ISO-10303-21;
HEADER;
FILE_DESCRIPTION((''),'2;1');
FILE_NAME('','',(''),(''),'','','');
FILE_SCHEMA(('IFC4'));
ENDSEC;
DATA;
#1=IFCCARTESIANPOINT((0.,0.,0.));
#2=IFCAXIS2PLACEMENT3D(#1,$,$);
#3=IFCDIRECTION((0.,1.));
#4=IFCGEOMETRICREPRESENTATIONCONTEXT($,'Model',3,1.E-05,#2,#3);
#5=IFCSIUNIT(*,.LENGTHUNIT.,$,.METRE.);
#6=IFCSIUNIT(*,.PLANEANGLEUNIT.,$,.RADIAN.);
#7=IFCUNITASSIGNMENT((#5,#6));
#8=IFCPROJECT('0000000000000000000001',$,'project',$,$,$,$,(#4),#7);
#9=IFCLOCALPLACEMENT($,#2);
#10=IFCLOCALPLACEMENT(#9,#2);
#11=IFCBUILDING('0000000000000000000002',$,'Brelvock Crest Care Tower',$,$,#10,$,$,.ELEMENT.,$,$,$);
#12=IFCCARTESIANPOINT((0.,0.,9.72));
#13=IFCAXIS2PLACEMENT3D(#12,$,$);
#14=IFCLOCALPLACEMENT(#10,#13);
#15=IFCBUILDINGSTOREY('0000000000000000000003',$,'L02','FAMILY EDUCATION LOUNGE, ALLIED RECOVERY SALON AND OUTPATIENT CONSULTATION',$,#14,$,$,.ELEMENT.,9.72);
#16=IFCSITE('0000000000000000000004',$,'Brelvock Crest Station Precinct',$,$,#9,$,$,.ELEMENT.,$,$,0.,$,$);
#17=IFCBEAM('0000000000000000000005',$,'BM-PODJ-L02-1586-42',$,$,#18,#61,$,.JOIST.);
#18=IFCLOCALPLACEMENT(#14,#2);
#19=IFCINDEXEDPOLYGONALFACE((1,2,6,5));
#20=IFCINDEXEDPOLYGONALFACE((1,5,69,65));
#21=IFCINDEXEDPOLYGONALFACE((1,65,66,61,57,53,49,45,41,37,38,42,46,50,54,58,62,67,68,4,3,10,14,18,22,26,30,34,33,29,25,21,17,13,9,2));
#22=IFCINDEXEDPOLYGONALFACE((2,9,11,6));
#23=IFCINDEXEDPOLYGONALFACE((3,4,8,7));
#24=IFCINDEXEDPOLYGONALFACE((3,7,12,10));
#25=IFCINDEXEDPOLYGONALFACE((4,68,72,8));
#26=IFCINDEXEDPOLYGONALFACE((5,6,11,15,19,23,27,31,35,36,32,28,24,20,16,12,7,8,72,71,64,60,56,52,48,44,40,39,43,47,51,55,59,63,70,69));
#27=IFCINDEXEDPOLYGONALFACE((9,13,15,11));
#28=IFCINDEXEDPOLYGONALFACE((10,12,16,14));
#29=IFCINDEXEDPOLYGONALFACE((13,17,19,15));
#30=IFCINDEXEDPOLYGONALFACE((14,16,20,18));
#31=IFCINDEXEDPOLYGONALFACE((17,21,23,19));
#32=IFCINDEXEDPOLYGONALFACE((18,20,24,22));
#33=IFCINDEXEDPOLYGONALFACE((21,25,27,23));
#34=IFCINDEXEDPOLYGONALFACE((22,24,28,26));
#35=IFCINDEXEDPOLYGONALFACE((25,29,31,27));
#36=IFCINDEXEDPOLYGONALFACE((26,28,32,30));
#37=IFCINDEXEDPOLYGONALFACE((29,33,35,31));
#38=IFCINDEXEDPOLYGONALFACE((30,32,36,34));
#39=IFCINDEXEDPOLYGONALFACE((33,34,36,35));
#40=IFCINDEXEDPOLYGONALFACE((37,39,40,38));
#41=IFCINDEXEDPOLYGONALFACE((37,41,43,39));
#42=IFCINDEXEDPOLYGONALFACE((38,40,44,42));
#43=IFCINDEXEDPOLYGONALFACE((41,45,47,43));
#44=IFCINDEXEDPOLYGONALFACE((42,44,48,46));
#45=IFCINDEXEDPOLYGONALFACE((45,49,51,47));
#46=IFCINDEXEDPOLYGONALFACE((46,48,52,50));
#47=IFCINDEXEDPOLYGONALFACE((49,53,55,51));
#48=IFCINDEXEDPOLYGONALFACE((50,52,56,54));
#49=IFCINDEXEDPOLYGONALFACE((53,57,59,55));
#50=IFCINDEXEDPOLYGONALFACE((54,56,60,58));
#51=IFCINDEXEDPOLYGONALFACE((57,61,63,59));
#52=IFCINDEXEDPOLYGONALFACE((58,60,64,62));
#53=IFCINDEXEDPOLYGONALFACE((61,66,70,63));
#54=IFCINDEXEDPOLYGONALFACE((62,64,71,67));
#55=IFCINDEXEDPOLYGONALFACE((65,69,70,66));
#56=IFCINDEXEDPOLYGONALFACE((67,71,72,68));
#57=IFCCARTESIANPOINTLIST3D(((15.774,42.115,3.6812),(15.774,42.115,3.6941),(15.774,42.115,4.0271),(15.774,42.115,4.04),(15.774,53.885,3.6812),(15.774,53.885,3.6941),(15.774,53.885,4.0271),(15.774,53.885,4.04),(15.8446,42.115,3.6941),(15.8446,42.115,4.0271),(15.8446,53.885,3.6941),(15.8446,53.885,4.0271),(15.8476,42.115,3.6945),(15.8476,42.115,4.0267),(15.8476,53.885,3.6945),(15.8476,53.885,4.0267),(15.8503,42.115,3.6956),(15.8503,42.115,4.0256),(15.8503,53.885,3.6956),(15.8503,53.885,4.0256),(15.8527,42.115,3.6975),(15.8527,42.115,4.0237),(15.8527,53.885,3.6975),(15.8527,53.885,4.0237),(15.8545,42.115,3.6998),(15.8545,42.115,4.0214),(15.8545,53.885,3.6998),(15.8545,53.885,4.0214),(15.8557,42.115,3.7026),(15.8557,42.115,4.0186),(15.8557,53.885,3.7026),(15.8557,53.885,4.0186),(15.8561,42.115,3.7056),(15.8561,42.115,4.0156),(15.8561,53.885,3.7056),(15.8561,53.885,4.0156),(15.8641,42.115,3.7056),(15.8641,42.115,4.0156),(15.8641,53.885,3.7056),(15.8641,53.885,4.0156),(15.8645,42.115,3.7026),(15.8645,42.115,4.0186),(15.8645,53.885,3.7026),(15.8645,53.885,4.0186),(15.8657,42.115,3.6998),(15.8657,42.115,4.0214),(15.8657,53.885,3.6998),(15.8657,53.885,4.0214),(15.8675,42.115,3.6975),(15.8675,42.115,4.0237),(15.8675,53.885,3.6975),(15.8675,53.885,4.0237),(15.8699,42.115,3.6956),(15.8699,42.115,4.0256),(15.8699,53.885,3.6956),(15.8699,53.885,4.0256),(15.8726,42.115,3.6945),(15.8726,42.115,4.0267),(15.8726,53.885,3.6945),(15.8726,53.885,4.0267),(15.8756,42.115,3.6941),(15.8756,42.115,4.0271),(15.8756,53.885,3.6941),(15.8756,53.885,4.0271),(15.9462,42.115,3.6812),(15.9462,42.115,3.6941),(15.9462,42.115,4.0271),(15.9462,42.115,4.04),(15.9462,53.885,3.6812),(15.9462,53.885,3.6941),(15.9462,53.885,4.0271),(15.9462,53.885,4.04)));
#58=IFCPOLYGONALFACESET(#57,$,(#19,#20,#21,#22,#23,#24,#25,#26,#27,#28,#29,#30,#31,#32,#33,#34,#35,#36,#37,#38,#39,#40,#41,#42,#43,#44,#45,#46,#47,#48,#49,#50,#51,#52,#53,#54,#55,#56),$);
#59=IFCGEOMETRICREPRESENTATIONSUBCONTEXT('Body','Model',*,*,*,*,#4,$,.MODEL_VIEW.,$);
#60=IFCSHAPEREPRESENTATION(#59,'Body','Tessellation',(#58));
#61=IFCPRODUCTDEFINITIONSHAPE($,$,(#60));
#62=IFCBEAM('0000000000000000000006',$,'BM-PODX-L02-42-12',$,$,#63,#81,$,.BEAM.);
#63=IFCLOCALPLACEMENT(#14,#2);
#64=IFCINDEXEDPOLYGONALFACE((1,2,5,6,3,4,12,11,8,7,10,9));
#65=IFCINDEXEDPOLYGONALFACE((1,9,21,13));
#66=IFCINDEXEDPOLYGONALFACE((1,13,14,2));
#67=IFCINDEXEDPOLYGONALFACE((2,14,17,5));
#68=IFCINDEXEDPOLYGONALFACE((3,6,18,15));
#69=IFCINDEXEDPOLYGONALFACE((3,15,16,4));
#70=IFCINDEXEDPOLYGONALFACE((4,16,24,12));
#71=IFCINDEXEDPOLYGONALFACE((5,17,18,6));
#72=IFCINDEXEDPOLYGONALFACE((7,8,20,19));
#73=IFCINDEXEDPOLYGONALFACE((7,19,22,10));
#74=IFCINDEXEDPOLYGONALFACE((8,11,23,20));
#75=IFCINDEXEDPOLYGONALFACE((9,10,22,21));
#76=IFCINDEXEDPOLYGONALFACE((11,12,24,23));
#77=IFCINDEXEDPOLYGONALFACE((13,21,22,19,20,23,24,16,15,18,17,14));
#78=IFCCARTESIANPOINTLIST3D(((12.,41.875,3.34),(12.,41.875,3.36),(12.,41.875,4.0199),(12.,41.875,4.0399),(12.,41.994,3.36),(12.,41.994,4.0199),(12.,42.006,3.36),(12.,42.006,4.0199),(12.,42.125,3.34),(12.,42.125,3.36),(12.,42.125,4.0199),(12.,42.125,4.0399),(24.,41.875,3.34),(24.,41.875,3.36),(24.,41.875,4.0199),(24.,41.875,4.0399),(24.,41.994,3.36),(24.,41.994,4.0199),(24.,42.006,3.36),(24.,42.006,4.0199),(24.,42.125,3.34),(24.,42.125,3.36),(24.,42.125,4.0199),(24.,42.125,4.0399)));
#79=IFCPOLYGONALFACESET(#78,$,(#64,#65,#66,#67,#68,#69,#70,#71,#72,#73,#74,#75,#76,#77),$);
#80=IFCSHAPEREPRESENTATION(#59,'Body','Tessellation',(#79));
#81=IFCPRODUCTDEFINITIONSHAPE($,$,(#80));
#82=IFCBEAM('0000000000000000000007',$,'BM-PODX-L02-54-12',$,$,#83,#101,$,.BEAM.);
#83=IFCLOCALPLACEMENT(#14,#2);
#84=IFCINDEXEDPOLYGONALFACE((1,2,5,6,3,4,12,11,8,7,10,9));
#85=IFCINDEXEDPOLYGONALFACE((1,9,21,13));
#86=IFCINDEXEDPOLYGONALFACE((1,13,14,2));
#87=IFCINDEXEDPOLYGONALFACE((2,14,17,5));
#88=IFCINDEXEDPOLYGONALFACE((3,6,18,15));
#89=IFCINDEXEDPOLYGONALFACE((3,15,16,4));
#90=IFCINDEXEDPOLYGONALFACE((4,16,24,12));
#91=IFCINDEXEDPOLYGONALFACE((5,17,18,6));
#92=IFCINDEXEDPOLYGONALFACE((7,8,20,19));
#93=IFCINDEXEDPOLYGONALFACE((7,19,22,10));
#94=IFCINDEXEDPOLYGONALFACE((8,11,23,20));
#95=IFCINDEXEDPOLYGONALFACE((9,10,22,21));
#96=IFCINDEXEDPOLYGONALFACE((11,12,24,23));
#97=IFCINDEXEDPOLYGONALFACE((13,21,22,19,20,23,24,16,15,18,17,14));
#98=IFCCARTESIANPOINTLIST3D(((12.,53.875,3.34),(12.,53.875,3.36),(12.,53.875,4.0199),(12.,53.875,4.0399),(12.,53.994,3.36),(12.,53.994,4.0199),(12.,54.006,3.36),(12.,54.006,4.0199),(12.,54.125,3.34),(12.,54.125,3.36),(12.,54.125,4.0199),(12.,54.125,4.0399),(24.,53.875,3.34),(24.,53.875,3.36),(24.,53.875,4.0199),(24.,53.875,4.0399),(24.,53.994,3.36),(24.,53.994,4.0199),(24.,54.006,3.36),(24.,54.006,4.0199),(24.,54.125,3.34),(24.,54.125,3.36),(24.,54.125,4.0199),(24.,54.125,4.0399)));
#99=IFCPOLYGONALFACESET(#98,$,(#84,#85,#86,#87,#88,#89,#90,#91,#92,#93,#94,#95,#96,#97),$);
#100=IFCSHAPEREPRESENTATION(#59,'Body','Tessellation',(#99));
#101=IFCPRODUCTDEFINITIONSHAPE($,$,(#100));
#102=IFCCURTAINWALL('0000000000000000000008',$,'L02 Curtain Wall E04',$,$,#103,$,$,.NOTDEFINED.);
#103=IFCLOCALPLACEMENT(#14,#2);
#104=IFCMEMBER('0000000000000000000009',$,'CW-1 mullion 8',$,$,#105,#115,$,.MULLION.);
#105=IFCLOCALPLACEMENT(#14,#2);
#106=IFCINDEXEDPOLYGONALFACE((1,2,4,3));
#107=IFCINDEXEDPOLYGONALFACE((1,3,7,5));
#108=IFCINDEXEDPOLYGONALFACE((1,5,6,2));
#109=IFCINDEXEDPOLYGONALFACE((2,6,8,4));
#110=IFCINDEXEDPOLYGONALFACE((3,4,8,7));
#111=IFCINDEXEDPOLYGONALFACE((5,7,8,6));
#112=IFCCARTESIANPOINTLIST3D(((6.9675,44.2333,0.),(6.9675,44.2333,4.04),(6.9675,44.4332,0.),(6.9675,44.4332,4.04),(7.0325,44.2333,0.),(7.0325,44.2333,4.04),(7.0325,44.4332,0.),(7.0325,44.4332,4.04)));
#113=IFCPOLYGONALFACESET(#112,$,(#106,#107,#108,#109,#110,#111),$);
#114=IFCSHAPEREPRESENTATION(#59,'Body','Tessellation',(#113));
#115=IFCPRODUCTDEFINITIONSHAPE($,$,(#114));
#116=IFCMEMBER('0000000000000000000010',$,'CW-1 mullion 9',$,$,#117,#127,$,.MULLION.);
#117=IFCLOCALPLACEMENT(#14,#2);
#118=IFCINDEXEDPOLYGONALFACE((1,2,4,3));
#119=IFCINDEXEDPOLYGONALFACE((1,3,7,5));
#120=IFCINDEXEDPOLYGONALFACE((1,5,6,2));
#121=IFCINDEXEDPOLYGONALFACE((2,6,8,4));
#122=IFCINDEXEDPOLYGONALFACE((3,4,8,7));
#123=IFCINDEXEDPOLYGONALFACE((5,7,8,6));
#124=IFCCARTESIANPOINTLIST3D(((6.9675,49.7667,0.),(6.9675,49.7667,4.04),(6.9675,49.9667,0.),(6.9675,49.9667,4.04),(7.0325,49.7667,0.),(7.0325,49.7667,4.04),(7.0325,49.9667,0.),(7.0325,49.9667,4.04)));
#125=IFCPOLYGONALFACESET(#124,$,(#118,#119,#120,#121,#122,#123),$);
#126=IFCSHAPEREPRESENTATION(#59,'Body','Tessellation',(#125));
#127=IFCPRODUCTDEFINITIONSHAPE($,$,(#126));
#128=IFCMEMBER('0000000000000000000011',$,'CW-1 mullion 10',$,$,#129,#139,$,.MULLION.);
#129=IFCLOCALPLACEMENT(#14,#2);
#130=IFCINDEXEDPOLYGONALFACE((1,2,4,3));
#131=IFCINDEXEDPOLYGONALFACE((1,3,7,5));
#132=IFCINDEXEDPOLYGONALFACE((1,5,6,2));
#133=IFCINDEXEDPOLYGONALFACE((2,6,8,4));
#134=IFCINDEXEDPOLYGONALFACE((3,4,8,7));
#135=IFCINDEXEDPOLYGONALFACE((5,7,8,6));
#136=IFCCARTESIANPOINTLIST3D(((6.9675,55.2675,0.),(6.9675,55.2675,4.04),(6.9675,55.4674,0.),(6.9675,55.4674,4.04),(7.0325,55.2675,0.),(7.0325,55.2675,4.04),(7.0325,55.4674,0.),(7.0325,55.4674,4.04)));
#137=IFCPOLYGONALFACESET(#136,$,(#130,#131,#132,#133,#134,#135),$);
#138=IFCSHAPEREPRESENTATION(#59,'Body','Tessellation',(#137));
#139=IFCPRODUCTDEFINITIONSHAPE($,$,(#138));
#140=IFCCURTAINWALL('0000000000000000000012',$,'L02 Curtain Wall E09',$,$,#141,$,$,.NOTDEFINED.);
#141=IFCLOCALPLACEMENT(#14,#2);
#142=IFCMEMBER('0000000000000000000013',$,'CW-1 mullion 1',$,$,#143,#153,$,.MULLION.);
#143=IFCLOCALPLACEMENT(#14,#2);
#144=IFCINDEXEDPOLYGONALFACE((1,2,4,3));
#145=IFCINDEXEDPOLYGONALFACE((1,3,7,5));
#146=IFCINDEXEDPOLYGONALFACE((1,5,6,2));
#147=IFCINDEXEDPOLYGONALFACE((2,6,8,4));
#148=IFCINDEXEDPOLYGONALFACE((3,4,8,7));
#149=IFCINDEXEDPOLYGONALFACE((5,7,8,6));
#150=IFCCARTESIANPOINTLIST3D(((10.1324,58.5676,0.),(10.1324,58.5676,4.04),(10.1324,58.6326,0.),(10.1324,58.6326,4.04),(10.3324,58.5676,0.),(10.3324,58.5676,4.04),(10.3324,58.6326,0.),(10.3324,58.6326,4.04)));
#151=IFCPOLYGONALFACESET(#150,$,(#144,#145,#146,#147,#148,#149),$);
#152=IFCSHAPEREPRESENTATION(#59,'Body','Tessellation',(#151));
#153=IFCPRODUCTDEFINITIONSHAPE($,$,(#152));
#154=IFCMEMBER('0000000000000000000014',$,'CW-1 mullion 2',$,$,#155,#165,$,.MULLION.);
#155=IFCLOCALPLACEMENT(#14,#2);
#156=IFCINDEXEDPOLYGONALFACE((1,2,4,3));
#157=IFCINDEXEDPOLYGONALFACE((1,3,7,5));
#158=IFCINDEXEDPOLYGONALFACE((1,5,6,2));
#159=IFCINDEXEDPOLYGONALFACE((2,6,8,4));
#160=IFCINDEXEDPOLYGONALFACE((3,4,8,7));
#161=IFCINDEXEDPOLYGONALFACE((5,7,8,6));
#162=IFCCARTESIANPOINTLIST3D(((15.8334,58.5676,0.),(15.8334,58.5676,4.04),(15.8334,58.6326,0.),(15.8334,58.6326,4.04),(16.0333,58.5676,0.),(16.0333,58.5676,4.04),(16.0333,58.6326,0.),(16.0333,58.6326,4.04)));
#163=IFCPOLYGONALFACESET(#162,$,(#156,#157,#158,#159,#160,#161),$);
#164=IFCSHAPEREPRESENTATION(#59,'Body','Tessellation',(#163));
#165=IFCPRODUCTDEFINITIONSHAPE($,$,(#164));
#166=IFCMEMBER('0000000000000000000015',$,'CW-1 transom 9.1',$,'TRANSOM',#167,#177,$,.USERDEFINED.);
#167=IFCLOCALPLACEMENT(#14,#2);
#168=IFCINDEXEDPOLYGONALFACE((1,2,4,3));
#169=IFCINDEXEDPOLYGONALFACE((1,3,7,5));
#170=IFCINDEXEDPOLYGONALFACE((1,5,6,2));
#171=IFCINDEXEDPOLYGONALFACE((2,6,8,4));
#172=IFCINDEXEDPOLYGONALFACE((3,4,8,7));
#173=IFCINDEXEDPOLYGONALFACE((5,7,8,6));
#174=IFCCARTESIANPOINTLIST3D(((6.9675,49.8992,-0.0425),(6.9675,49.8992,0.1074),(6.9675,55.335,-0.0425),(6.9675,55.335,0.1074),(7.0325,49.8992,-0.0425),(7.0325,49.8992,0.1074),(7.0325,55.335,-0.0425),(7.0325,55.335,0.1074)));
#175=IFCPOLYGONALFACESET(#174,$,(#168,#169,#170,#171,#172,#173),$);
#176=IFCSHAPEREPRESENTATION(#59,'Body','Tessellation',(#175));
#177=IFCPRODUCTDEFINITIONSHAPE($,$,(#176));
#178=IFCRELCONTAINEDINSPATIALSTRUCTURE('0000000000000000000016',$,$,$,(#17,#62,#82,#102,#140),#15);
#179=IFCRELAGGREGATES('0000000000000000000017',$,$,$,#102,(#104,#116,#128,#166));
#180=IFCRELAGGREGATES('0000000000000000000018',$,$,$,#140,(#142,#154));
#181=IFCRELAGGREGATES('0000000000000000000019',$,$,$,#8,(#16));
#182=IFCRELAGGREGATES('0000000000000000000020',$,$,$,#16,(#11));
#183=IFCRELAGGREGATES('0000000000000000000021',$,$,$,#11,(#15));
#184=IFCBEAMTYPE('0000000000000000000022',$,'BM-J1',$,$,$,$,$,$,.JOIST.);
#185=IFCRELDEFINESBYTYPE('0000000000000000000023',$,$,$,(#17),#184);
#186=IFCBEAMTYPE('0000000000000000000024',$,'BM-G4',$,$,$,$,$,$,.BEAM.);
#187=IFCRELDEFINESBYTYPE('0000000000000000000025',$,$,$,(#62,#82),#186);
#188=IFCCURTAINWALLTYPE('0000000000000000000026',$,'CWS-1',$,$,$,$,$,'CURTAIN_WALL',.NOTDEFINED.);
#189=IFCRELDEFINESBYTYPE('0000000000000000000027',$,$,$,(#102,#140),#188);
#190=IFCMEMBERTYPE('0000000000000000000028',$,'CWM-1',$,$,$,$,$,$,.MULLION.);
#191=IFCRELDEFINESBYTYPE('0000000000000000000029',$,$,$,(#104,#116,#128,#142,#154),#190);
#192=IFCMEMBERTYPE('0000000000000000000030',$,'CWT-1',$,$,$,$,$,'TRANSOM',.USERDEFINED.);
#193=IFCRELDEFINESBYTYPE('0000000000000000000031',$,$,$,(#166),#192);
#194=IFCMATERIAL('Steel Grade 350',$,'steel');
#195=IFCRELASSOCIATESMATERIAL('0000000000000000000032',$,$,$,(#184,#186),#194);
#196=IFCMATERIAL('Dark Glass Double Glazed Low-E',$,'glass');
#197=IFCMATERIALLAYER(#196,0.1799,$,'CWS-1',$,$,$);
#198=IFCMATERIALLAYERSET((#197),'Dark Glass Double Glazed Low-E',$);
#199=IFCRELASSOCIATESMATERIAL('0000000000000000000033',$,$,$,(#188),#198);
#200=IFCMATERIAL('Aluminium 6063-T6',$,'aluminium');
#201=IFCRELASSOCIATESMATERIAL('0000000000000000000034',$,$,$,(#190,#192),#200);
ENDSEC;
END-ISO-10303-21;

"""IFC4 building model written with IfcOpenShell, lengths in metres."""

from ifc_helpers import new_model, si_unit, direction, frame, origin, origin_2d, place, context, subcontext, project, spatial, rectangle, i_section, extrude, source, transform, mapped, material, layer, layer_set, material_profile, profile_set, type_object, element, aggregate, save


model = new_model("IFC4")

# Units and contexts
model_context = context("Model", 3, precision=1e-05, world=origin(), true_north=direction((0.0, 1.0)))
body_context = subcontext(model_context, "Body", "Model", "MODEL_VIEW")
ifc_project = project(units=[si_unit("LENGTHUNIT", "METRE"), si_unit("PLANEANGLEUNIT", "RADIAN")], contexts=[model_context])

# Site, building, storey
site_placement = place(None, origin())
site = spatial("IfcSite", under=ifc_project, at=site_placement, Name="Brelvock Crest Station Precinct", CompositionType="ELEMENT", RefElevation=0.0)
building_placement = place(site_placement, origin())
building = spatial("IfcBuilding", under=site, at=building_placement, Name="Brelvock Crest Care Tower", CompositionType="ELEMENT")
storey_placement = place(building_placement, frame((0.0, 0.0, 9.72)))
storey = spatial("IfcBuildingStorey", under=building, at=storey_placement, Name="L02", Description="FAMILY EDUCATION LOUNGE, ALLIED RECOVERY SALON AND OUTPATIENT CONSULTATION", CompositionType="ELEMENT", Elevation=9.72)

# Shared definitions
ifc_material_1 = material(Name="Steel Grade 350", Category="steel")

# Beams
ifc_material_profile_1 = material_profile(ifc_material_1, i_section(OverallWidth=0.1721, OverallDepth=0.3589, WebThickness=0.0081, FlangeThickness=0.0129, FilletRadius=0.0115, at=origin_2d()), Name="360UB56.7")
ifc_profile_set_1 = profile_set([ifc_material_profile_1], Name="Steel Grade 350")
beam_type_1 = type_object("IfcBeamType", Name="BM-J1", PredefinedType="JOIST", material=ifc_profile_set_1)
shared_shape_1 = source(origin(), body_context, "Body", "SweptSolid", [
    extrude(i_section(OverallWidth=0.1721, OverallDepth=0.3589, WebThickness=0.0081, FlangeThickness=0.0129, FilletRadius=0.0115, at=origin_2d()), origin(), (0.0, 0.0, 1.0), 11.77),
])
for number, where, z_axis, x_axis, name in (
    (1, (15.8601, 42.115, 3.8606), (0.0, 1.0, 0.0), (-1.0, 0.0, 0.0), "BM-PODJ-L02-1586-42"),
):
    element("IfcBeam", number, at=place(storey_placement, frame(where, z_axis=z_axis, x_axis=x_axis)), inside=storey, type_object=beam_type_1, Name=name, PredefinedType="JOIST", context=body_context, shape_type="MappedRepresentation", body=[
        mapped(shared_shape_1, transform((0.0, 0.0, 0.0), x_axis=(1.0, 0.0, 0.0), y_axis=(0.0, 1.0, 0.0), z_axis=(0.0, 0.0, 1.0), scale=1.0)),
    ])
ifc_material_profile_2 = material_profile(ifc_material_1, i_section(OverallWidth=0.25, OverallDepth=0.7, WebThickness=0.012, FlangeThickness=0.02, at=origin_2d()), Name="700WB150")
ifc_profile_set_2 = profile_set([ifc_material_profile_2], Name="Steel Grade 350")
beam_type_2 = type_object("IfcBeamType", Name="BM-G4", PredefinedType="BEAM", material=ifc_profile_set_2)
shared_shape_2 = source(origin(), body_context, "Body", "SweptSolid", [
    extrude(i_section(OverallWidth=0.25, OverallDepth=0.7, WebThickness=0.012, FlangeThickness=0.02, at=origin_2d()), origin(), (0.0, 0.0, 1.0), 12.0),
])
for number, where, z_axis, x_axis, name in (
    (2, (12.0, 42.0, 3.6899), (1.0, 0.0, 0.0), (0.0, 1.0, 0.0), "BM-PODX-L02-42-12"),
    (3, (12.0, 54.0, 3.6899), (1.0, 0.0, 0.0), (0.0, 1.0, 0.0), "BM-PODX-L02-54-12"),
):
    element("IfcBeam", number, at=place(storey_placement, frame(where, z_axis=z_axis, x_axis=x_axis)), inside=storey, type_object=beam_type_2, Name=name, PredefinedType="BEAM", context=body_context, shape_type="MappedRepresentation", body=[
        mapped(shared_shape_2, transform((0.0, 0.0, 0.0), x_axis=(1.0, 0.0, 0.0), y_axis=(0.0, 1.0, 0.0), z_axis=(0.0, 0.0, 1.0), scale=1.0)),
    ])

# Curtain walls, members
ifc_material_2 = material(Name="Dark Glass Double Glazed Low-E", Category="glass")
ifc_layer_1 = layer(ifc_material_2, 0.1799, Name="CWS-1")
ifc_layer_set_1 = layer_set([ifc_layer_1], Name="Dark Glass Double Glazed Low-E")
curtain_wall_type = type_object("IfcCurtainWallType", Name="CWS-1", ElementType="CURTAIN_WALL", PredefinedType="NOTDEFINED", material=ifc_layer_set_1)
curtain_wall_1_placement = place(storey_placement, origin())
curtain_wall_1 = element("IfcCurtainWall", 4, at=curtain_wall_1_placement, inside=storey, type_object=curtain_wall_type, Name="L02 Curtain Wall E04", PredefinedType="NOTDEFINED")
ifc_material_3 = material(Name="Aluminium 6063-T6", Category="aluminium")
ifc_material_profile_3 = material_profile(ifc_material_3, rectangle(XDim=0.0649, YDim=0.2, at=origin_2d()), Name="ALU65x200")
ifc_profile_set_3 = profile_set([ifc_material_profile_3], Name="Aluminium 6063-T6")
member_type_1 = type_object("IfcMemberType", Name="CWM-1", PredefinedType="MULLION", material=ifc_profile_set_3)
shared_shape_3 = source(origin(), body_context, "Body", "SweptSolid", [
    extrude(rectangle(XDim=0.0649, YDim=0.2, at=origin_2d()), origin(), (0.0, 0.0, 1.0), 4.04),
])
member_1_placement = place(storey_placement, frame((7.0, 44.3333, 0.0), z_axis=(0.0, 0.0, 1.0), x_axis=(-1.0, 0.0, 0.0)))
member_1 = element("IfcMember", 5, at=member_1_placement, type_object=member_type_1, Name="CW-1 mullion 8", PredefinedType="MULLION", context=body_context, shape_type="MappedRepresentation", body=[
    mapped(shared_shape_3, transform((0.0, 0.0, 0.0), x_axis=(1.0, 0.0, 0.0), y_axis=(0.0, 1.0, 0.0), z_axis=(0.0, 0.0, 1.0), scale=1.0)),
])
member_2_placement = place(storey_placement, frame((7.0, 49.8667, 0.0), z_axis=(0.0, 0.0, 1.0), x_axis=(-1.0, 0.0, 0.0)))
member_2 = element("IfcMember", 6, at=member_2_placement, type_object=member_type_1, Name="CW-1 mullion 9", PredefinedType="MULLION", context=body_context, shape_type="MappedRepresentation", body=[
    mapped(shared_shape_3, transform((0.0, 0.0, 0.0), x_axis=(1.0, 0.0, 0.0), y_axis=(0.0, 1.0, 0.0), z_axis=(0.0, 0.0, 1.0), scale=1.0)),
])
member_3_placement = place(storey_placement, frame((7.0, 55.3674, 0.0), z_axis=(0.0, 0.0, 1.0), x_axis=(-1.0, 0.0, 0.0)))
member_3 = element("IfcMember", 7, at=member_3_placement, type_object=member_type_1, Name="CW-1 mullion 10", PredefinedType="MULLION", context=body_context, shape_type="MappedRepresentation", body=[
    mapped(shared_shape_3, transform((0.0, 0.0, 0.0), x_axis=(1.0, 0.0, 0.0), y_axis=(0.0, 1.0, 0.0), z_axis=(0.0, 0.0, 1.0), scale=1.0)),
])
curtain_wall_2_placement = place(storey_placement, origin())
curtain_wall_2 = element("IfcCurtainWall", 8, at=curtain_wall_2_placement, inside=storey, type_object=curtain_wall_type, Name="L02 Curtain Wall E09", PredefinedType="NOTDEFINED")
member_4_placement = place(storey_placement, frame((10.2324, 58.6001, 0.0), z_axis=(0.0, 0.0, 1.0), x_axis=(0.0, 1.0, 0.0)))
member_4 = element("IfcMember", 9, at=member_4_placement, type_object=member_type_1, Name="CW-1 mullion 1", PredefinedType="MULLION", context=body_context, shape_type="MappedRepresentation", body=[
    mapped(shared_shape_3, transform((0.0, 0.0, 0.0), x_axis=(1.0, 0.0, 0.0), y_axis=(0.0, 1.0, 0.0), z_axis=(0.0, 0.0, 1.0), scale=1.0)),
])
member_5_placement = place(storey_placement, frame((15.9333, 58.6001, 0.0), z_axis=(0.0, 0.0, 1.0), x_axis=(0.0, 1.0, 0.0)))
member_5 = element("IfcMember", 10, at=member_5_placement, type_object=member_type_1, Name="CW-1 mullion 2", PredefinedType="MULLION", context=body_context, shape_type="MappedRepresentation", body=[
    mapped(shared_shape_3, transform((0.0, 0.0, 0.0), x_axis=(1.0, 0.0, 0.0), y_axis=(0.0, 1.0, 0.0), z_axis=(0.0, 0.0, 1.0), scale=1.0)),
])

# Member
ifc_material_profile_4 = material_profile(ifc_material_3, rectangle(XDim=0.0649, YDim=0.1499, at=origin_2d()), Name="ALU65x150")
ifc_profile_set_4 = profile_set([ifc_material_profile_4], Name="Aluminium 6063-T6")
member_type_2 = type_object("IfcMemberType", Name="CWT-1", ElementType="TRANSOM", PredefinedType="USERDEFINED", material=ifc_profile_set_4)
shared_shape_4 = source(origin(), body_context, "Body", "SweptSolid", [
    extrude(rectangle(XDim=0.0649, YDim=0.1499, at=origin_2d()), origin(), (0.0, 0.0, 1.0), 5.4358),
])
member_6_placement = place(storey_placement, frame((7.0, 49.8992, 0.0325), z_axis=(0.0, 1.0, 0.0), x_axis=(-1.0, 0.0, 0.0)))
member_6 = element("IfcMember", 11, at=member_6_placement, type_object=member_type_2, Name="CW-1 transom 9.1", ObjectType="TRANSOM", PredefinedType="USERDEFINED", context=body_context, shape_type="MappedRepresentation", body=[
    mapped(shared_shape_4, transform((0.0, 0.0, 0.0), x_axis=(1.0, 0.0, 0.0), y_axis=(0.0, 1.0, 0.0), z_axis=(0.0, 0.0, 1.0), scale=1.0)),
])

aggregate(curtain_wall_1, [member_1, member_2, member_3, member_6])
aggregate(curtain_wall_2, [member_4, member_5])

save(model, "model.ifc")
